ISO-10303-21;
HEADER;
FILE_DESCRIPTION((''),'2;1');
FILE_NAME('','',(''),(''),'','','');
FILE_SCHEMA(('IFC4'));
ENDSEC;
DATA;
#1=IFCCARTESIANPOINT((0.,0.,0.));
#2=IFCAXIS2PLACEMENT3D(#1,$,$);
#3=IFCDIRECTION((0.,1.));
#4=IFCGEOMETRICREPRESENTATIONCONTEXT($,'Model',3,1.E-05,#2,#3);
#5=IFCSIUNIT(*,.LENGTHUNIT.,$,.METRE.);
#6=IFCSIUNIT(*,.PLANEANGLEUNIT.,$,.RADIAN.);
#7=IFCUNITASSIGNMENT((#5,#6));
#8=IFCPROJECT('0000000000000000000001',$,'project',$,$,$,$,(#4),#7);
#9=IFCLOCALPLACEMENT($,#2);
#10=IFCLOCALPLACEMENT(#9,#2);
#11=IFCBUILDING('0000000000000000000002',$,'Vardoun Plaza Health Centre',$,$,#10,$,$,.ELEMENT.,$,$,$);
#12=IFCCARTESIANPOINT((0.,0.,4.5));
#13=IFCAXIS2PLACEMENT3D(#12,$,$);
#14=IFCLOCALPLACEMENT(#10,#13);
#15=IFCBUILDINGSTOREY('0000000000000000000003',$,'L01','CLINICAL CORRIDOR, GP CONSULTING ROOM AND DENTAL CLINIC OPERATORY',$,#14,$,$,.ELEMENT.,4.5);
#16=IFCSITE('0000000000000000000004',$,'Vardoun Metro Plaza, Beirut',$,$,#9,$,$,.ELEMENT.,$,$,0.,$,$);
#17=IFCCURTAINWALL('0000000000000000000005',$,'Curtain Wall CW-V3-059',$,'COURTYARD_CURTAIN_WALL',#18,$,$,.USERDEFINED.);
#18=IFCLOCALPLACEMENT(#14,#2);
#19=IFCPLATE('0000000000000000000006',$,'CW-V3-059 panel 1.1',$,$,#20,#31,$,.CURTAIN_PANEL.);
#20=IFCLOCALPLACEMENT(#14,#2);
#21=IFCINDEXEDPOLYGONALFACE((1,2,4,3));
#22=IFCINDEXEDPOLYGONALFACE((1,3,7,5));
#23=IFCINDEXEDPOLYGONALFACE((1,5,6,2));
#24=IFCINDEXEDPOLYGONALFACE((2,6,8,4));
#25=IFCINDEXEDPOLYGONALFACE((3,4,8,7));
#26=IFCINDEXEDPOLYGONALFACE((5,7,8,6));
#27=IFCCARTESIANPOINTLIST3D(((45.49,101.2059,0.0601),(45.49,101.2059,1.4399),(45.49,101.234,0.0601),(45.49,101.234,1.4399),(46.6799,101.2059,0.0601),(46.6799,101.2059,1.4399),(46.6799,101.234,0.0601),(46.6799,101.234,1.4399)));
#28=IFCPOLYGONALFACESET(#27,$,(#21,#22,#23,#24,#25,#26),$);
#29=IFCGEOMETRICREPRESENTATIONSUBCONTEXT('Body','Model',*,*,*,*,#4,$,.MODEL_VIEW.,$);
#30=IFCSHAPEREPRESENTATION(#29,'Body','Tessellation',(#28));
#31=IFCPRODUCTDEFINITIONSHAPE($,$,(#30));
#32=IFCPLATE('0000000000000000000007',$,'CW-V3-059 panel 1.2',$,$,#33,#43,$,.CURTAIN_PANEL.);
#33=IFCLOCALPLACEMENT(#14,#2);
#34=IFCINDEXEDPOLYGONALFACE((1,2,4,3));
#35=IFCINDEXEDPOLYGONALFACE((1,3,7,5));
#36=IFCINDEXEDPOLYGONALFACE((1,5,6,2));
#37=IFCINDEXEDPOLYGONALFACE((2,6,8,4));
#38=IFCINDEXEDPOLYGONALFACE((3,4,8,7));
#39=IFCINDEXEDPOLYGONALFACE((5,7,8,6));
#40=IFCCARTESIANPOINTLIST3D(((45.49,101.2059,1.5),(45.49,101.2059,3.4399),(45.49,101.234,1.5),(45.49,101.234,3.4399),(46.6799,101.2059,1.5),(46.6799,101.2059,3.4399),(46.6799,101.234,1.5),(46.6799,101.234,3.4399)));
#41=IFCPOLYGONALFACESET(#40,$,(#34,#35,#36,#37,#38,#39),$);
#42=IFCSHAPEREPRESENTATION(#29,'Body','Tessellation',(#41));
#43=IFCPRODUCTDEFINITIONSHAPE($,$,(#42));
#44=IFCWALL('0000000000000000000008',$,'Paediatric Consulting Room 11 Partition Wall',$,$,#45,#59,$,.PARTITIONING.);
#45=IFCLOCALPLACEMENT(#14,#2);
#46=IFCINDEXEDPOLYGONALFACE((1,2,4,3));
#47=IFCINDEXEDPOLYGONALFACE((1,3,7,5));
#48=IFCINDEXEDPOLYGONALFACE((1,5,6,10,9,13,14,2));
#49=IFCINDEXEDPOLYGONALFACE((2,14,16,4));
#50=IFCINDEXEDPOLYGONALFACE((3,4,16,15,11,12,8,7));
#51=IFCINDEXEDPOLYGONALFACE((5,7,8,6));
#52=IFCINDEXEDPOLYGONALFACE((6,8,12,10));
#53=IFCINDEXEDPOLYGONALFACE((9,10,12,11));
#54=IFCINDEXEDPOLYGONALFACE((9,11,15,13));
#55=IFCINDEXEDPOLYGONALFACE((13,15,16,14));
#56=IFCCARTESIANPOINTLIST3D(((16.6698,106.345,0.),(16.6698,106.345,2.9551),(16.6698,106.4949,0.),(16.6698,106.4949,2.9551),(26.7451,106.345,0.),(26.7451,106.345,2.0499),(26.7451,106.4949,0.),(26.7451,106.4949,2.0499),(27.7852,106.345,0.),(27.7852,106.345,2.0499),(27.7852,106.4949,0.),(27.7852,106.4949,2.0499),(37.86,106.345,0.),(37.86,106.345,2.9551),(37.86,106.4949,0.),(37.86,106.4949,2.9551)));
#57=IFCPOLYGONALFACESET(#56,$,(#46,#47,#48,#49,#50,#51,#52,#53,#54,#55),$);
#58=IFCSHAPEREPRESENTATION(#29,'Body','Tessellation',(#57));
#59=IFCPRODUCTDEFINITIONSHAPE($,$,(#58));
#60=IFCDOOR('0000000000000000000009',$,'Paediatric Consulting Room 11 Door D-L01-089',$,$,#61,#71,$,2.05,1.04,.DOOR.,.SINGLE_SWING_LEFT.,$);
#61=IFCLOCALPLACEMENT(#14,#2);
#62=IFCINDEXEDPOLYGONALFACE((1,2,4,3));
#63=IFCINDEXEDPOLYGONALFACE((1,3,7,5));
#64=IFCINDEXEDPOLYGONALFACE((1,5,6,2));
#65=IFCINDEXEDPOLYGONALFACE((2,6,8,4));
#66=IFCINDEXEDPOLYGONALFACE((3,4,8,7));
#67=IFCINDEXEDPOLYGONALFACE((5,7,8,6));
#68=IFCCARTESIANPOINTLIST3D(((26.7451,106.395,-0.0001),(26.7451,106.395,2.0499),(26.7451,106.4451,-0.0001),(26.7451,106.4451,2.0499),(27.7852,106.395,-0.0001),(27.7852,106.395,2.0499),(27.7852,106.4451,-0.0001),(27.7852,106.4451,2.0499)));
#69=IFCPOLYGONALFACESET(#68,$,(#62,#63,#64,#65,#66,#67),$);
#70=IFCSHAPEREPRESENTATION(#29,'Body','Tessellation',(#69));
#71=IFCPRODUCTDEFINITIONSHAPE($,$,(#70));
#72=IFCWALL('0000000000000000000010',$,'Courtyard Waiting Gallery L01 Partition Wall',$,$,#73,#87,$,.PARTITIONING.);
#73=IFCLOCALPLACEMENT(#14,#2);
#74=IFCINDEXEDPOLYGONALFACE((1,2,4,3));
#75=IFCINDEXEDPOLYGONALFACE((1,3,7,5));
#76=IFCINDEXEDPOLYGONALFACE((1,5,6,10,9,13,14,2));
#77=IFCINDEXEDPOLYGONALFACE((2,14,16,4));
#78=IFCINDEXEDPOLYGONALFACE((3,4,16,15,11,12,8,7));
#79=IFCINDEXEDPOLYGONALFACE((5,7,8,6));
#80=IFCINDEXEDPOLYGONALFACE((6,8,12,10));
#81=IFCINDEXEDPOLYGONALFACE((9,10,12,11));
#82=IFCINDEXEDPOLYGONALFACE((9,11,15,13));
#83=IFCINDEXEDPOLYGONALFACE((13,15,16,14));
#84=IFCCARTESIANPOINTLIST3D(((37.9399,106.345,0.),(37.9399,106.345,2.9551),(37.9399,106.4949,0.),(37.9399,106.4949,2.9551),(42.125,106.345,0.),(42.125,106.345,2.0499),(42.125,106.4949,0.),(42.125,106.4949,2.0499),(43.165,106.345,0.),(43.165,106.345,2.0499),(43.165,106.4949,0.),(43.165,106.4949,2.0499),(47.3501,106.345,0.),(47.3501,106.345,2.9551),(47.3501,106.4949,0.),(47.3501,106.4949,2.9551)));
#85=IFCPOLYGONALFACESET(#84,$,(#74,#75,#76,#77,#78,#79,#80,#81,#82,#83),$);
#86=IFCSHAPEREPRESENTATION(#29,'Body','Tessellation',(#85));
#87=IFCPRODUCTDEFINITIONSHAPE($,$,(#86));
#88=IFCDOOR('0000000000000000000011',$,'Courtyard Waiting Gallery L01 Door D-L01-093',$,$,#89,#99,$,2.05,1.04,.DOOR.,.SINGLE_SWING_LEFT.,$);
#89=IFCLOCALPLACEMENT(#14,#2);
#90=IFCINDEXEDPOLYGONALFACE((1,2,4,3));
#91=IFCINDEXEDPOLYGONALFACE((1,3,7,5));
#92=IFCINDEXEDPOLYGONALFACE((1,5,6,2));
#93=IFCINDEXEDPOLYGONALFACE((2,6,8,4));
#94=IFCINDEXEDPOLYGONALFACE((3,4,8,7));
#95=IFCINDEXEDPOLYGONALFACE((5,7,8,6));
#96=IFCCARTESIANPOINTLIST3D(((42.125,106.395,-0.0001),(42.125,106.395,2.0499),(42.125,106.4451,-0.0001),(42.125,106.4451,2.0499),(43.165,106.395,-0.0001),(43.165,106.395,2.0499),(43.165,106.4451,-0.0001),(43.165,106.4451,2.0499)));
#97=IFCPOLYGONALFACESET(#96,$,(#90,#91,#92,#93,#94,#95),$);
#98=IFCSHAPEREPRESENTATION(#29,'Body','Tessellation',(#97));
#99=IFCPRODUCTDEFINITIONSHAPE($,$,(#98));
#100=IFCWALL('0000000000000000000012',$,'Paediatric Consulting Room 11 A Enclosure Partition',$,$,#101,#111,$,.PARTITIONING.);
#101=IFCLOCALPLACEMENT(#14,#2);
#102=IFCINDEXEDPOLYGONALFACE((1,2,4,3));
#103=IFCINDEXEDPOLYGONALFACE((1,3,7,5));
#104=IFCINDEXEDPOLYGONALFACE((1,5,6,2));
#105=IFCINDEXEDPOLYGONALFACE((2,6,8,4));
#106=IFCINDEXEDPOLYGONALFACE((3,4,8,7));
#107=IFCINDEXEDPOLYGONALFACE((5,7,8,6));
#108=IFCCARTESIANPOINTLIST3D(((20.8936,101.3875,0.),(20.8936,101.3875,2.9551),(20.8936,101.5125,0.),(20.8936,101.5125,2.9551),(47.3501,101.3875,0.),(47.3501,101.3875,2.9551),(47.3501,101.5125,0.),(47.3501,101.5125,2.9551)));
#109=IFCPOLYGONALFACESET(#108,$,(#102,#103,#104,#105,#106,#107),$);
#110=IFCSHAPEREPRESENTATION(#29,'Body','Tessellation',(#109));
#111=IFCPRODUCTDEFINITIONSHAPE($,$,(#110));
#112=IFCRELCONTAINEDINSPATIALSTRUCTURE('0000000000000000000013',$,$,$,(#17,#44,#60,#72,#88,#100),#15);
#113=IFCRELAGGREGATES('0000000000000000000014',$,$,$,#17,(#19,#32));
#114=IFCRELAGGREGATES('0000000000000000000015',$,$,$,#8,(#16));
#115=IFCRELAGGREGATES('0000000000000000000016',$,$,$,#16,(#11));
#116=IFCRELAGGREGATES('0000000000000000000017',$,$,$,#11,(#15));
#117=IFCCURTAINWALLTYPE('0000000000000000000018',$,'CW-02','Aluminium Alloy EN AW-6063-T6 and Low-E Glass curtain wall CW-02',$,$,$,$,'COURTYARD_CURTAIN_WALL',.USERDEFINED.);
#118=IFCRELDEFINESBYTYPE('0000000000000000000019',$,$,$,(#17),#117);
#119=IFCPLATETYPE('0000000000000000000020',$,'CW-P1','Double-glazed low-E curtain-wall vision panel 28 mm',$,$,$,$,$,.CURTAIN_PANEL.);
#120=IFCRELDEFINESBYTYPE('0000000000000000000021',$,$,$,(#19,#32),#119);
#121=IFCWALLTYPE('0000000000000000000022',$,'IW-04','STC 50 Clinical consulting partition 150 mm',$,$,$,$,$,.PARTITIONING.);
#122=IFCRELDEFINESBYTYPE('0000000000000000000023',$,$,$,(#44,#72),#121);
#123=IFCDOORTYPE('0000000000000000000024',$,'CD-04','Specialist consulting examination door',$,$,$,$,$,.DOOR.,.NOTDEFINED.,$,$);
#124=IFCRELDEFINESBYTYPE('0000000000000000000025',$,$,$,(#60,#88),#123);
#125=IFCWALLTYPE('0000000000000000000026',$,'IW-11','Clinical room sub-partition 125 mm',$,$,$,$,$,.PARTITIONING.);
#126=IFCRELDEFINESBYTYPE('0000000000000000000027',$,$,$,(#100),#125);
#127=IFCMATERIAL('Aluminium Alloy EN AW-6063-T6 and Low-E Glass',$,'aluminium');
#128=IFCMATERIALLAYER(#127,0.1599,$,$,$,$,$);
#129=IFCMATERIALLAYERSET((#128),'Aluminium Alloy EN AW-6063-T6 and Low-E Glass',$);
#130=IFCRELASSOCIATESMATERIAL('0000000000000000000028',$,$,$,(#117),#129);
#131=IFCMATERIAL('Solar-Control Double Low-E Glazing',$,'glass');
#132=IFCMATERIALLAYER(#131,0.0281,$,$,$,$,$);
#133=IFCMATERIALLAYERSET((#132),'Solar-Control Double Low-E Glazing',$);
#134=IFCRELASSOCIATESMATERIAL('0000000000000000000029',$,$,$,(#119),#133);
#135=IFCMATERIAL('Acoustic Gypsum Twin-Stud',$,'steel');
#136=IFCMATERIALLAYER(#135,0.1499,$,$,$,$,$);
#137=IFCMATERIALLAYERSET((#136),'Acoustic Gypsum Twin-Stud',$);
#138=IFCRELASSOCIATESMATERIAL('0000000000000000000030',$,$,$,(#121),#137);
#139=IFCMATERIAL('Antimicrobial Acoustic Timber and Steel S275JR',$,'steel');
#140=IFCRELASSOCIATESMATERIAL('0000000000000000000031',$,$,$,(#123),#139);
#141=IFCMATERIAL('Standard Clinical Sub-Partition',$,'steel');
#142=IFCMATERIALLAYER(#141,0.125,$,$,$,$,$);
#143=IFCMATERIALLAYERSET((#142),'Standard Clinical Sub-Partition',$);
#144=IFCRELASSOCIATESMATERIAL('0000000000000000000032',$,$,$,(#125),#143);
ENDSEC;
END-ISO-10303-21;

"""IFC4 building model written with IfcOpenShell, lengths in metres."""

from ifc_helpers import new_model, si_unit, direction, frame, frame_2d, origin, origin_2d, place, context, subcontext, project, spatial, rectangle, extrude, material, layer, layer_set, type_object, element, fill, aggregate, save


model = new_model("IFC4")

# Units and contexts
model_context = context("Model", 3, precision=1e-05, world=origin(), true_north=direction((0.0, 1.0)))
body_context = subcontext(model_context, "Body", "Model", "MODEL_VIEW")
ifc_project = project(units=[si_unit("LENGTHUNIT", "METRE"), si_unit("PLANEANGLEUNIT", "RADIAN")], contexts=[model_context])

# Site, building, storey
site_placement = place(None, origin())
site = spatial("IfcSite", under=ifc_project, at=site_placement, Name="Vardoun Metro Plaza, Beirut", CompositionType="ELEMENT", RefElevation=0.0)
building_placement = place(site_placement, origin())
building = spatial("IfcBuilding", under=site, at=building_placement, Name="Vardoun Plaza Health Centre", CompositionType="ELEMENT")
storey_placement = place(building_placement, frame((0.0, 0.0, 4.5)))
storey = spatial("IfcBuildingStorey", under=building, at=storey_placement, Name="L01", Description="CLINICAL CORRIDOR, GP CONSULTING ROOM AND DENTAL CLINIC OPERATORY", CompositionType="ELEMENT", Elevation=4.5)

# Curtain wall, plates
ifc_material_1 = material(Name="Aluminium Alloy EN AW-6063-T6 and Low-E Glass", Category="aluminium")
ifc_layer_1 = layer(ifc_material_1, 0.1599)
ifc_layer_set_1 = layer_set([ifc_layer_1], Name="Aluminium Alloy EN AW-6063-T6 and Low-E Glass")
curtain_wall_type = type_object("IfcCurtainWallType", Name="CW-02", Description="Aluminium Alloy EN AW-6063-T6 and Low-E Glass curtain wall CW-02", ElementType="COURTYARD_CURTAIN_WALL", PredefinedType="USERDEFINED", material=ifc_layer_set_1)
curtain_wall_placement = place(storey_placement, origin())
curtain_wall = element("IfcCurtainWall", 1, at=curtain_wall_placement, inside=storey, type_object=curtain_wall_type, Name="Curtain Wall CW-V3-059", ObjectType="COURTYARD_CURTAIN_WALL", PredefinedType="USERDEFINED")
ifc_material_2 = material(Name="Solar-Control Double Low-E Glazing", Category="glass")
ifc_layer_2 = layer(ifc_material_2, 0.0281)
ifc_layer_set_2 = layer_set([ifc_layer_2], Name="Solar-Control Double Low-E Glazing")
plate_type = type_object("IfcPlateType", Name="CW-P1", Description="Double-glazed low-E curtain-wall vision panel 28 mm", PredefinedType="CURTAIN_PANEL", material=ifc_layer_set_2)
plate_1_placement = place(storey_placement, frame((46.085, 101.22, 0.0601), z_axis=(0.0, 0.0, 1.0), x_axis=(-1.0, 0.0, 0.0)))
plate_1 = element("IfcPlate", 2, at=plate_1_placement, type_object=plate_type, Name="CW-V3-059 panel 1.1", PredefinedType="CURTAIN_PANEL", context=body_context, shape_type="SweptSolid", body=[
    extrude(rectangle(XDim=1.1899, YDim=0.0281, at=origin_2d()), origin(), (0.0, 0.0, 1.0), 1.3799),
])
plate_2_placement = place(storey_placement, frame((46.085, 101.22, 1.5), z_axis=(0.0, 0.0, 1.0), x_axis=(-1.0, 0.0, 0.0)))
plate_2 = element("IfcPlate", 3, at=plate_2_placement, type_object=plate_type, Name="CW-V3-059 panel 1.2", PredefinedType="CURTAIN_PANEL", context=body_context, shape_type="SweptSolid", body=[
    extrude(rectangle(XDim=1.1899, YDim=0.0281, at=origin_2d()), origin(), (0.0, 0.0, 1.0), 1.9399),
])
aggregate(curtain_wall, [plate_1, plate_2])

# Walls, openings, doors
ifc_material_3 = material(Name="Acoustic Gypsum Twin-Stud", Category="steel")
ifc_layer_3 = layer(ifc_material_3, 0.1499)
ifc_layer_set_3 = layer_set([ifc_layer_3], Name="Acoustic Gypsum Twin-Stud")
wall_type_1 = type_object("IfcWallType", Name="IW-04", Description="STC 50 Clinical consulting partition 150 mm", PredefinedType="PARTITIONING", material=ifc_layer_set_3)
wall_1_placement = place(storey_placement, frame((37.8601, 106.4199, 0.0), z_axis=(0.0, 0.0, 1.0), x_axis=(-1.0, 0.0, 0.0)))
wall_1 = element("IfcWall", 4, at=wall_1_placement, inside=storey, type_object=wall_type_1, Name="Paediatric Consulting Room 11 Partition Wall", PredefinedType="PARTITIONING", context=body_context, shape_type="SweptSolid", body=[
    extrude(rectangle(XDim=21.1902, YDim=0.1499, at=frame_2d((10.5952, 0.0))), origin(), (0.0, 0.0, 1.0), 2.9551),
])
opening_1_placement = place(wall_1_placement, frame((10.075, 0.0, 0.0)))
opening_1 = element("IfcOpeningElement", 5, at=opening_1_placement, cuts=wall_1, PredefinedType="OPENING", context=body_context, shape_type="SweptSolid", body=[
    extrude(rectangle(XDim=1.04, YDim=2.05, at=frame_2d((0.52, 1.0249))), frame((0.0, 0.075, 0.0), z_axis=(0.0, -1.0, 0.0), x_axis=(1.0, 0.0, 0.0)), (0.0, 0.0, 1.0), 0.1499),
])
ifc_material_4 = material(Name="Antimicrobial Acoustic Timber and Steel S275JR", Category="steel")
door_type = type_object("IfcDoorType", Name="CD-04", Description="Specialist consulting examination door", OperationType="NOTDEFINED", PredefinedType="DOOR", material=ifc_material_4)
door_1_placement = place(opening_1_placement, origin())
door_1 = element("IfcDoor", 6, at=door_1_placement, inside=storey, type_object=door_type, Name="Paediatric Consulting Room 11 Door D-L01-089", OperationType="SINGLE_SWING_LEFT", OverallHeight=2.05, OverallWidth=1.04, PredefinedType="DOOR", context=body_context, shape_type="SweptSolid", body=[
    extrude(rectangle(XDim=1.04, YDim=2.05, at=frame_2d((0.52, 1.0249))), frame((0.0, 0.0249, 0.0), z_axis=(0.0, -1.0, 0.0), x_axis=(1.0, 0.0, 0.0)), (0.0, 0.0, 1.0), 0.05),
])
fill(opening_1, door_1)
wall_2_placement = place(storey_placement, frame((47.3501, 106.4199, 0.0), z_axis=(0.0, 0.0, 1.0), x_axis=(-1.0, 0.0, 0.0)))
wall_2 = element("IfcWall", 7, at=wall_2_placement, inside=storey, type_object=wall_type_1, Name="Courtyard Waiting Gallery L01 Partition Wall", PredefinedType="PARTITIONING", context=body_context, shape_type="SweptSolid", body=[
    extrude(rectangle(XDim=9.4102, YDim=0.1499, at=frame_2d((4.7051, 0.0))), origin(), (0.0, 0.0, 1.0), 2.9551),
])
opening_2_placement = place(wall_2_placement, frame((4.1851, 0.0, 0.0)))
opening_2 = element("IfcOpeningElement", 8, at=opening_2_placement, cuts=wall_2, PredefinedType="OPENING", context=body_context, shape_type="SweptSolid", body=[
    extrude(rectangle(XDim=1.04, YDim=2.05, at=frame_2d((0.52, 1.0249))), frame((0.0, 0.075, 0.0), z_axis=(0.0, -1.0, 0.0), x_axis=(1.0, 0.0, 0.0)), (0.0, 0.0, 1.0), 0.1499),
])
door_2_placement = place(opening_2_placement, origin())
door_2 = element("IfcDoor", 9, at=door_2_placement, inside=storey, type_object=door_type, Name="Courtyard Waiting Gallery L01 Door D-L01-093", OperationType="SINGLE_SWING_LEFT", OverallHeight=2.05, OverallWidth=1.04, PredefinedType="DOOR", context=body_context, shape_type="SweptSolid", body=[
    extrude(rectangle(XDim=1.04, YDim=2.05, at=frame_2d((0.52, 1.0249))), frame((0.0, 0.0249, 0.0), z_axis=(0.0, -1.0, 0.0), x_axis=(1.0, 0.0, 0.0)), (0.0, 0.0, 1.0), 0.05),
])
fill(opening_2, door_2)

# Wall
ifc_material_5 = material(Name="Standard Clinical Sub-Partition", Category="steel")
ifc_layer_4 = layer(ifc_material_5, 0.125)
ifc_layer_set_4 = layer_set([ifc_layer_4], Name="Standard Clinical Sub-Partition")
wall_type_2 = type_object("IfcWallType", Name="IW-11", Description="Clinical room sub-partition 125 mm", PredefinedType="PARTITIONING", material=ifc_layer_set_4)
wall_3_placement = place(storey_placement, frame((47.3501, 101.45, 0.0), z_axis=(0.0, 0.0, 1.0), x_axis=(-1.0, 0.0, 0.0)))
element("IfcWall", 10, at=wall_3_placement, inside=storey, type_object=wall_type_2, Name="Paediatric Consulting Room 11 A Enclosure Partition", PredefinedType="PARTITIONING", context=body_context, shape_type="SweptSolid", body=[
    extrude(rectangle(XDim=26.4565, YDim=0.125, at=frame_2d((13.2283, 0.0))), origin(), (0.0, 0.0, 1.0), 2.9551),
])

save(model, "model.ifc")
